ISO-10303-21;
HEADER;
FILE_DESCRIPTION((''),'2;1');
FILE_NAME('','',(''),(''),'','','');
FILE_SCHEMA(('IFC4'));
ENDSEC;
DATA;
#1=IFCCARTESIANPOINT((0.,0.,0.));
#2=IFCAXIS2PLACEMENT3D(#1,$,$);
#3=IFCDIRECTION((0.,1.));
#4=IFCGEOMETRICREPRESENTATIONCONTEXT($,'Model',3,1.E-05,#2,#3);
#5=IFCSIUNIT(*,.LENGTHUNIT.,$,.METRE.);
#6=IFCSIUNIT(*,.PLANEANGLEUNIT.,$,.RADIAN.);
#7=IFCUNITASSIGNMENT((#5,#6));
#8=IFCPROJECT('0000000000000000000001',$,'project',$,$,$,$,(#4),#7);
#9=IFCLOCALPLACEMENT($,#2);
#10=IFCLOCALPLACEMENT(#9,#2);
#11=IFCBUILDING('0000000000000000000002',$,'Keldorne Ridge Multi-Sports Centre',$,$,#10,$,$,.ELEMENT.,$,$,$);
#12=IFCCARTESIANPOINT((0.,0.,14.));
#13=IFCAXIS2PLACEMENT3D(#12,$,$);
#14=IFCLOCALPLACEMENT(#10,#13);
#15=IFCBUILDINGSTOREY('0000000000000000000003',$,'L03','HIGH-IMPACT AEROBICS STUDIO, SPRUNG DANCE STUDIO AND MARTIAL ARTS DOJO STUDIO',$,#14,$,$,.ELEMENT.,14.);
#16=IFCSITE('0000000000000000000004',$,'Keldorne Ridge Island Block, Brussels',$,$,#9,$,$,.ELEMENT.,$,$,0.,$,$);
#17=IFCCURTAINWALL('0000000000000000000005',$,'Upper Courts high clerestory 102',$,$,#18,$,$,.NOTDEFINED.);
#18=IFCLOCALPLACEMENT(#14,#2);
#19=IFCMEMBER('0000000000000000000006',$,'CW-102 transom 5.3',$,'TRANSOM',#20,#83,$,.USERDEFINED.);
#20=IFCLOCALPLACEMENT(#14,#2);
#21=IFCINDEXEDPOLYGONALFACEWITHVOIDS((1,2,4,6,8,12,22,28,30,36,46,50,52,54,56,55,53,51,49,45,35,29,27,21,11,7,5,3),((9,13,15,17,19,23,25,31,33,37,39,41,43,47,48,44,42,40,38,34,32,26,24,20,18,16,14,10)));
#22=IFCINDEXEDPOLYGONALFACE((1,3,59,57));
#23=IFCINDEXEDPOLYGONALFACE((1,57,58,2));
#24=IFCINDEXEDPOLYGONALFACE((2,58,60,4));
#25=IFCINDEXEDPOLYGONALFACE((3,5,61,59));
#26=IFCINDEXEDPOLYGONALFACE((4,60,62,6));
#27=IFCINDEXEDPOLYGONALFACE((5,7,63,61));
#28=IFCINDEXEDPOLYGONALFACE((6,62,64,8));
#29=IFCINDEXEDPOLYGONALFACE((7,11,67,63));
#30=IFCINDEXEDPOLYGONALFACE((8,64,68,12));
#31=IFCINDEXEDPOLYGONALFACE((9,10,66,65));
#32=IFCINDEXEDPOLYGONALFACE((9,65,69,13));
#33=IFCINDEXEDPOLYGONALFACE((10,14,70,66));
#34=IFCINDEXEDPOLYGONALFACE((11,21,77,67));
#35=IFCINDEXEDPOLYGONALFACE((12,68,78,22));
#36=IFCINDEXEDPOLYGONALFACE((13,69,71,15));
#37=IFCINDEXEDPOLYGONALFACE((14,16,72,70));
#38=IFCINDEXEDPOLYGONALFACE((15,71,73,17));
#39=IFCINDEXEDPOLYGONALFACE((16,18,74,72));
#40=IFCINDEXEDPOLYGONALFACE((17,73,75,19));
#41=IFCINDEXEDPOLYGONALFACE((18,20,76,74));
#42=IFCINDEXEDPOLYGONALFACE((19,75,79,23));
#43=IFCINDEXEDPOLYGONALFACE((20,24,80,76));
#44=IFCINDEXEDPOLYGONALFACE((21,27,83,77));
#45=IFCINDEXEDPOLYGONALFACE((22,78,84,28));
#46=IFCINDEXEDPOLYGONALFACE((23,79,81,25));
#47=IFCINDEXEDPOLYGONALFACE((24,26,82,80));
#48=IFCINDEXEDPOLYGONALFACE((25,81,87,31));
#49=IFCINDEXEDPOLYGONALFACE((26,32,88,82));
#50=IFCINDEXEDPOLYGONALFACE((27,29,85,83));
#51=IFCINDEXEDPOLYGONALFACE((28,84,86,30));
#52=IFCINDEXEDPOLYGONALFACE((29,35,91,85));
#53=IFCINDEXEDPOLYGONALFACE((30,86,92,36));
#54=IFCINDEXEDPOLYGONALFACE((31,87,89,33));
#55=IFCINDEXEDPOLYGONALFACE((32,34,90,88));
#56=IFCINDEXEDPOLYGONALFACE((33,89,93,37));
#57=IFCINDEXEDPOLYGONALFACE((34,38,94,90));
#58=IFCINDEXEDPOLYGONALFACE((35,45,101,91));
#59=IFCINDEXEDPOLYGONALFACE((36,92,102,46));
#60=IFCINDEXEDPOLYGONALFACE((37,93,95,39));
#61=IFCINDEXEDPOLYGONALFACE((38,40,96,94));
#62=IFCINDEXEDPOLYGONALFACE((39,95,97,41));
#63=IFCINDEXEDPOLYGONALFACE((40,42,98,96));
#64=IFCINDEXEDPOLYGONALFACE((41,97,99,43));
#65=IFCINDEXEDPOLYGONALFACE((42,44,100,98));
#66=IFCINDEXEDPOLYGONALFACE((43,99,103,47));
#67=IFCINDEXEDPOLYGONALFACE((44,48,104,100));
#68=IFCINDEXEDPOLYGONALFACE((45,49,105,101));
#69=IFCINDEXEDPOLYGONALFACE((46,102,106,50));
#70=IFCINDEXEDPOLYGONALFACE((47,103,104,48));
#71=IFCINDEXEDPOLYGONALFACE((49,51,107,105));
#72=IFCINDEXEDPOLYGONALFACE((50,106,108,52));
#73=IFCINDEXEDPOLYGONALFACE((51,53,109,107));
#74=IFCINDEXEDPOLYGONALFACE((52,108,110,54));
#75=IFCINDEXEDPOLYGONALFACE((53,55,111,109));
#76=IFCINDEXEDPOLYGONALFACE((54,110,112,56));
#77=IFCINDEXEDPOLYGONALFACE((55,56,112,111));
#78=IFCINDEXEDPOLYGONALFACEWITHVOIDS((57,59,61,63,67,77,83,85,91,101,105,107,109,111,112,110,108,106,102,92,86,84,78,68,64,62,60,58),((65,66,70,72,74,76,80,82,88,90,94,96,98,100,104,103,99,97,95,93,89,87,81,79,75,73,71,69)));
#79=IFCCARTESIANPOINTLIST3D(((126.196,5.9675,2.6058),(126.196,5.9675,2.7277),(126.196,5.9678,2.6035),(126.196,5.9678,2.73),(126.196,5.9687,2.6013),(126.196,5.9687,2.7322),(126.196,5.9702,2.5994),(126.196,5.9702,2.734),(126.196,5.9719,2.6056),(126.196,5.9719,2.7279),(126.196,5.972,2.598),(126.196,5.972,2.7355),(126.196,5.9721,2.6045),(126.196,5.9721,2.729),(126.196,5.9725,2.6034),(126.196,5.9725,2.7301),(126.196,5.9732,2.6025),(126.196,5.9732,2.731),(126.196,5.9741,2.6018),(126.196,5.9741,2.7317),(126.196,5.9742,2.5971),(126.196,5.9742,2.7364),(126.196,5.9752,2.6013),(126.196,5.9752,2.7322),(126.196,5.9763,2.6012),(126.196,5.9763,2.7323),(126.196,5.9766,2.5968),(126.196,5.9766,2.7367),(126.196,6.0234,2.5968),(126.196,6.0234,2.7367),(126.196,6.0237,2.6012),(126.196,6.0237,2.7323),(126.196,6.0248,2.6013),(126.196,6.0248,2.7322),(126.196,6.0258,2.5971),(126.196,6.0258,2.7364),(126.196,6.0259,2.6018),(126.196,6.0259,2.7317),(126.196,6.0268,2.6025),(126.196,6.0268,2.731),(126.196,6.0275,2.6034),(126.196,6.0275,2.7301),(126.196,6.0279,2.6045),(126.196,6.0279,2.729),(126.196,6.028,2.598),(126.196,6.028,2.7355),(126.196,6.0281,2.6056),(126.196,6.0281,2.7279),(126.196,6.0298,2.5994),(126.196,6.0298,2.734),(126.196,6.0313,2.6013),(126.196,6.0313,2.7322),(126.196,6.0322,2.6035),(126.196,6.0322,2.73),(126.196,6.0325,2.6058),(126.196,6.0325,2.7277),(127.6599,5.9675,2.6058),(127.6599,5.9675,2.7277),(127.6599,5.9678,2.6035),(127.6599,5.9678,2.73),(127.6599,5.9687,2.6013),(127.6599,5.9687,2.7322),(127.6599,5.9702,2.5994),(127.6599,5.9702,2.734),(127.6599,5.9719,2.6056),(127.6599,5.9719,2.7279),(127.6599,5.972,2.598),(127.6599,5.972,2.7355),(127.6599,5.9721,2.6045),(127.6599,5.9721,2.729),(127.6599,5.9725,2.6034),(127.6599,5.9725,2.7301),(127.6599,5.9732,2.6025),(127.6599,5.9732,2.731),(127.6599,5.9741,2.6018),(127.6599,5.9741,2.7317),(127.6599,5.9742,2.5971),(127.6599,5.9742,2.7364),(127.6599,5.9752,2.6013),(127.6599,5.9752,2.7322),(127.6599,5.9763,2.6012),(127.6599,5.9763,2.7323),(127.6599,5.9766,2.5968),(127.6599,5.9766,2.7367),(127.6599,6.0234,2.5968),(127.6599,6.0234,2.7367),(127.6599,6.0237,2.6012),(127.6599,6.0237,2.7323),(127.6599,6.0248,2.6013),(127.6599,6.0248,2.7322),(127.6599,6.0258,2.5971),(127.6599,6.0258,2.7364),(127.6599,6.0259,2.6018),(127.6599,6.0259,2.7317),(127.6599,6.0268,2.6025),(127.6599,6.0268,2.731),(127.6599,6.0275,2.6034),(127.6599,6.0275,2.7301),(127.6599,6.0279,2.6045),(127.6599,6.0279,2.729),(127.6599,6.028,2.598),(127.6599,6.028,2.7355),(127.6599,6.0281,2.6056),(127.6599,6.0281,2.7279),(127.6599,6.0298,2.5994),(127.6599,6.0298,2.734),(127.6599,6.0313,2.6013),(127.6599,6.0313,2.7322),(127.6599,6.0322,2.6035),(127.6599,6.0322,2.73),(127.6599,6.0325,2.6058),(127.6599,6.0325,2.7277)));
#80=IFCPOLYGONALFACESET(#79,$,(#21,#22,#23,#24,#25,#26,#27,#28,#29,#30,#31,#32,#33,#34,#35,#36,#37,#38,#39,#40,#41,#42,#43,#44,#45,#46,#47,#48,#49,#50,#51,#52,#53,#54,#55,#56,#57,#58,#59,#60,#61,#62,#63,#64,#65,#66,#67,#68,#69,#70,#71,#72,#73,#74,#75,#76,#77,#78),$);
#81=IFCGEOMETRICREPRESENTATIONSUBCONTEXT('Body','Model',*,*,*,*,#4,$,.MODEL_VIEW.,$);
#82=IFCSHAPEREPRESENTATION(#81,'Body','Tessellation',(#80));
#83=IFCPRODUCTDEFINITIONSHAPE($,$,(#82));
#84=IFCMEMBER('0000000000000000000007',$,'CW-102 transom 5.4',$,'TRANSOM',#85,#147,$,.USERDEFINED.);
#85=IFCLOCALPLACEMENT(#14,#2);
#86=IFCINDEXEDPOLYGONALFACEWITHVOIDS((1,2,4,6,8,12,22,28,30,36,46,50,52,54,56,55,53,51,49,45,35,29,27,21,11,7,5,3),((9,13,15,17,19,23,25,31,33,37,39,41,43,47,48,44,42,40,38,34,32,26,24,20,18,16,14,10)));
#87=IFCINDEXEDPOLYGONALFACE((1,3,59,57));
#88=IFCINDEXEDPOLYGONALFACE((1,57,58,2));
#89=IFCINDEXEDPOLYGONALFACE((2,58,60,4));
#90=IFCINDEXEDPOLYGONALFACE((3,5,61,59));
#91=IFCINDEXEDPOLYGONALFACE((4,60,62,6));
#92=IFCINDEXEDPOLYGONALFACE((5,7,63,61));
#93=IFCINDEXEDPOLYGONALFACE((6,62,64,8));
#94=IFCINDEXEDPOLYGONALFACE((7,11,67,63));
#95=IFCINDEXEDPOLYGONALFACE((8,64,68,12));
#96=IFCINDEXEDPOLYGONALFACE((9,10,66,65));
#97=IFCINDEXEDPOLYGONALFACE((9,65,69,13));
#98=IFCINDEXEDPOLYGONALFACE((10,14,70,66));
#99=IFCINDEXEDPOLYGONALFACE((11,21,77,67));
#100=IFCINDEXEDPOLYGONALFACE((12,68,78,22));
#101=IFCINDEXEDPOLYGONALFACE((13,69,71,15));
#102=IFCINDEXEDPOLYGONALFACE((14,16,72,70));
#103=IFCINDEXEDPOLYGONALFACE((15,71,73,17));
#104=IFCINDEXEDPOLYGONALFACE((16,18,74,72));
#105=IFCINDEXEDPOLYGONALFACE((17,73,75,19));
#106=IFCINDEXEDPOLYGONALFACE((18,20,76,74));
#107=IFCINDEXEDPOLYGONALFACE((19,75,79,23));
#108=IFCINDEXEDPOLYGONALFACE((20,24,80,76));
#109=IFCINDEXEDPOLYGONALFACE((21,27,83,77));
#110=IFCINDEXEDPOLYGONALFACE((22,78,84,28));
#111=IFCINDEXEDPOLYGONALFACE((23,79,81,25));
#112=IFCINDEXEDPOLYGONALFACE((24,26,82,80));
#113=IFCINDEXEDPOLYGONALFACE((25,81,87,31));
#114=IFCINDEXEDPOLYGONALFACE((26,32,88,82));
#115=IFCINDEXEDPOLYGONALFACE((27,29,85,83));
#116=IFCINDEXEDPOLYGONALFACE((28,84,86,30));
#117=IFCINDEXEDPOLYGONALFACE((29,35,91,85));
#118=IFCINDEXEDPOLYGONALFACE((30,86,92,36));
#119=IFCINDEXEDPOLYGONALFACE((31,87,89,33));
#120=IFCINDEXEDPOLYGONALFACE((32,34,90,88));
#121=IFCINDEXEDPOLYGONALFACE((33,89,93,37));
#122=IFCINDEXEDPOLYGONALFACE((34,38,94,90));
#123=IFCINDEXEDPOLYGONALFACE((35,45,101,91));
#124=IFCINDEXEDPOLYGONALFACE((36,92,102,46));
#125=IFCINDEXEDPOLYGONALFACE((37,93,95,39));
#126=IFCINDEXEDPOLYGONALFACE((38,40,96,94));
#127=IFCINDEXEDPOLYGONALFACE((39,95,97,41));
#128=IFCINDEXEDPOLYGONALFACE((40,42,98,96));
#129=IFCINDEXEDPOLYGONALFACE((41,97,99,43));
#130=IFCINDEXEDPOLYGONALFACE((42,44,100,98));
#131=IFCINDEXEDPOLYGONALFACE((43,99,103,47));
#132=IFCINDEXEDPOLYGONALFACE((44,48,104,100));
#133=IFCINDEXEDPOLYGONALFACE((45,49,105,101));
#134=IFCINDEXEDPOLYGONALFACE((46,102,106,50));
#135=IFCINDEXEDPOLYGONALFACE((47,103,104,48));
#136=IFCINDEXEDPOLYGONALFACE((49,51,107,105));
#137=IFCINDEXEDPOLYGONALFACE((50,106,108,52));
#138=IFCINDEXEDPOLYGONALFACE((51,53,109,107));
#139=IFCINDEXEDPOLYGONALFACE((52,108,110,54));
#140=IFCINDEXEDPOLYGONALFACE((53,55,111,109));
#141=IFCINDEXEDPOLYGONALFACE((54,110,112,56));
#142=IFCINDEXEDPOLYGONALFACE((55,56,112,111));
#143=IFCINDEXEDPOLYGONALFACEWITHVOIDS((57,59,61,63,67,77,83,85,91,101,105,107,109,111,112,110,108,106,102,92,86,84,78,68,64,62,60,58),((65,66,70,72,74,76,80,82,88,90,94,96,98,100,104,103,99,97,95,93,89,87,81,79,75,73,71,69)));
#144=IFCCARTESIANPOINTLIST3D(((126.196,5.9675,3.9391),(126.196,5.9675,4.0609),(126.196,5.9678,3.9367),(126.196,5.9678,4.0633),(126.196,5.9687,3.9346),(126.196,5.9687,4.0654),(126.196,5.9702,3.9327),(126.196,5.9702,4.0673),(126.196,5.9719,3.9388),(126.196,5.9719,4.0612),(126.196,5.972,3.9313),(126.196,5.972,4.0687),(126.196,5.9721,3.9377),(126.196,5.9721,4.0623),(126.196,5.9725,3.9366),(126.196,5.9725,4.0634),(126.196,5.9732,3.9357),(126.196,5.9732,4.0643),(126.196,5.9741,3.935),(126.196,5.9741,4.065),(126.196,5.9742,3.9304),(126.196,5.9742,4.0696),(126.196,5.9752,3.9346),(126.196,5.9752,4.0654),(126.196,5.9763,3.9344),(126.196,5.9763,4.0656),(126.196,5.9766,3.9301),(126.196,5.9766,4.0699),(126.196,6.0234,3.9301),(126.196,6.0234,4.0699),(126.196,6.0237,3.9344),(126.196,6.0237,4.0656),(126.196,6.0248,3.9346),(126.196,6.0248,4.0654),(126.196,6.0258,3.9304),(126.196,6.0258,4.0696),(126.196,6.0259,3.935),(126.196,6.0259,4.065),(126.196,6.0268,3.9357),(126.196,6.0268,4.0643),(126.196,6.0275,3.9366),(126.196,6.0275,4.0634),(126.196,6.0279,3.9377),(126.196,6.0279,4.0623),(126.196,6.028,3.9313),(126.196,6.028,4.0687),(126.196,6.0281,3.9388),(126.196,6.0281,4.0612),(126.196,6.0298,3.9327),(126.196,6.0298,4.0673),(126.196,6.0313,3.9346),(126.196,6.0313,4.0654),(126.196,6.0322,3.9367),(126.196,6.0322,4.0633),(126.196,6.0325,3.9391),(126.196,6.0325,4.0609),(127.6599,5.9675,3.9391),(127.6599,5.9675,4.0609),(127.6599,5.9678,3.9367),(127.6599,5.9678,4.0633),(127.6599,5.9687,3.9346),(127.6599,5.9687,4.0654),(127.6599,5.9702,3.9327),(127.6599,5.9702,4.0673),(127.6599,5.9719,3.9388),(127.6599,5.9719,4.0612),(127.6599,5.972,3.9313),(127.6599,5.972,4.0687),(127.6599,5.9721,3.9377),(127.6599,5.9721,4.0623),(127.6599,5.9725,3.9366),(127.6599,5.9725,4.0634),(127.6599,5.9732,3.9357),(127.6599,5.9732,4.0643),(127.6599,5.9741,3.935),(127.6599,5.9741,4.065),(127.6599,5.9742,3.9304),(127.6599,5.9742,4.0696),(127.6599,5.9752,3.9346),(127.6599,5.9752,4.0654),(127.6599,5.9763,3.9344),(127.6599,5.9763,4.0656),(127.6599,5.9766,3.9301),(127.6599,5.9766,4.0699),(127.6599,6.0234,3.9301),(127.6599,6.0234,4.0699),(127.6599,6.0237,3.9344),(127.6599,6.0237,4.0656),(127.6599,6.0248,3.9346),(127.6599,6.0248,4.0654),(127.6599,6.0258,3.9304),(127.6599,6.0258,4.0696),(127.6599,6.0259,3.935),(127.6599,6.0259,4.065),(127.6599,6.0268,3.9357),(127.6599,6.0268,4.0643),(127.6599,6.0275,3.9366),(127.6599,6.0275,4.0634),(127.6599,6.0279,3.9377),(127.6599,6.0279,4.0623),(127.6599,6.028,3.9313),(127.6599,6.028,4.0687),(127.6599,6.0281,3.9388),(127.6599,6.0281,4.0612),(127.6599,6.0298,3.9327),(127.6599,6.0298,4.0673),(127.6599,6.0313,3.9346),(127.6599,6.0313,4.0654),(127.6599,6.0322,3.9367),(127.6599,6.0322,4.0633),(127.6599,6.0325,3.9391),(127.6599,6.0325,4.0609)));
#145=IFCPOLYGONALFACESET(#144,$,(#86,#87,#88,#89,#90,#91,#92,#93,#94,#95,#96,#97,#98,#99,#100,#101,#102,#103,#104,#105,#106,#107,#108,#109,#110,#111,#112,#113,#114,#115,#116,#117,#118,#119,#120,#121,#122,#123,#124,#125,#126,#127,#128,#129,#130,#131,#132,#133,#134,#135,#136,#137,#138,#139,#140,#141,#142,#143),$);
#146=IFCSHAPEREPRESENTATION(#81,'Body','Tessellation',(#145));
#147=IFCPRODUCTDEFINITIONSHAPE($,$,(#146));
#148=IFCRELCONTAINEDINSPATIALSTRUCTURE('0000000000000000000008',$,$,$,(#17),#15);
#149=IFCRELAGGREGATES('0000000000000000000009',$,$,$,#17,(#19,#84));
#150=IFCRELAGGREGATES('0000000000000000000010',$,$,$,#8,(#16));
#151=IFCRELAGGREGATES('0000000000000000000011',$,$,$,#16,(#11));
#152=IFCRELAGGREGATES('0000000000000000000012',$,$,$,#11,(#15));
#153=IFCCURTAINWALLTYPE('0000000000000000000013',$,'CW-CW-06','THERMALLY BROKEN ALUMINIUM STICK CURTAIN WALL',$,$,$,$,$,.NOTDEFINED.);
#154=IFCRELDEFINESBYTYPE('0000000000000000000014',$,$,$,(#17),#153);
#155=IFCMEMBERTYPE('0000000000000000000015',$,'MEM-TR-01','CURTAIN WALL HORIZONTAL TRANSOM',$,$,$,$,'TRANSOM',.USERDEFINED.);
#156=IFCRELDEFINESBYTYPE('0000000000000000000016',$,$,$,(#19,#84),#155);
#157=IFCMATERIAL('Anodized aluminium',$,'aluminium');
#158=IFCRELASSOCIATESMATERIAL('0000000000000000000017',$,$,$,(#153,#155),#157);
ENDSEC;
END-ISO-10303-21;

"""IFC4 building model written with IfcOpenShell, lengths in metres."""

from ifc_helpers import new_model, si_unit, direction, frame, origin, origin_2d, place, context, subcontext, project, spatial, hollow_rectangle, extrude, material, material_profile, profile_set, type_object, element, aggregate, save


model = new_model("IFC4")

# Units and contexts
model_context = context("Model", 3, precision=1e-05, world=origin(), true_north=direction((0.0, 1.0)))
body_context = subcontext(model_context, "Body", "Model", "MODEL_VIEW")
ifc_project = project(units=[si_unit("LENGTHUNIT", "METRE"), si_unit("PLANEANGLEUNIT", "RADIAN")], contexts=[model_context])

# Site, building, storey
site_placement = place(None, origin())
site = spatial("IfcSite", under=ifc_project, at=site_placement, Name="Keldorne Ridge Island Block, Brussels", CompositionType="ELEMENT", RefElevation=0.0)
building_placement = place(site_placement, origin())
building = spatial("IfcBuilding", under=site, at=building_placement, Name="Keldorne Ridge Multi-Sports Centre", CompositionType="ELEMENT")
storey_placement = place(building_placement, frame((0.0, 0.0, 14.0)))
storey = spatial("IfcBuildingStorey", under=building, at=storey_placement, Name="L03", Description="HIGH-IMPACT AEROBICS STUDIO, SPRUNG DANCE STUDIO AND MARTIAL ARTS DOJO STUDIO", CompositionType="ELEMENT", Elevation=14.0)

# Curtain wall
ifc_material_1 = material(Name="Anodized aluminium", Category="aluminium")
curtain_wall_type_1 = type_object("IfcCurtainWallType", Name="CW-CW-06", Description="THERMALLY BROKEN ALUMINIUM STICK CURTAIN WALL", PredefinedType="NOTDEFINED", material=ifc_material_1)
curtain_wall_1_placement = place(storey_placement, origin())
curtain_wall_1 = element("IfcCurtainWall", 1, at=curtain_wall_1_placement, inside=storey, type_object=curtain_wall_type_1, Name="Upper Courts high clerestory 102", PredefinedType="NOTDEFINED")

# Members
ifc_material_profile_1 = material_profile(ifc_material_1, hollow_rectangle(XDim=0.0649, YDim=0.1399, WallThickness=0.0044, InnerFilletRadius=0.0044, OuterFilletRadius=0.009, at=origin_2d()), Name="ALU TRANSOM 140x65x4.5")
ifc_profile_set_1 = profile_set([ifc_material_profile_1], Name="Anodized aluminium")
member_type_1 = type_object("IfcMemberType", Name="MEM-TR-01", Description="CURTAIN WALL HORIZONTAL TRANSOM", ElementType="TRANSOM", PredefinedType="USERDEFINED", material=ifc_profile_set_1)
member_1_placement = place(storey_placement, frame((126.196, 6.0, 2.6667), z_axis=(1.0, 0.0, 0.0), x_axis=(0.0, 1.0, 0.0)))
member_1 = element("IfcMember", 2, at=member_1_placement, type_object=member_type_1, Name="CW-102 transom 5.3", ObjectType="TRANSOM", PredefinedType="USERDEFINED", context=body_context, shape_type="SweptSolid", body=[
    extrude(hollow_rectangle(XDim=0.0649, YDim=0.1399, WallThickness=0.0044, InnerFilletRadius=0.0044, OuterFilletRadius=0.009, at=origin_2d()), origin(), (0.0, 0.0, 1.0), 1.4639),
])
member_2_placement = place(storey_placement, frame((126.196, 6.0, 4.0), z_axis=(1.0, 0.0, 0.0), x_axis=(0.0, 1.0, 0.0)))
member_2 = element("IfcMember", 3, at=member_2_placement, type_object=member_type_1, Name="CW-102 transom 5.4", ObjectType="TRANSOM", PredefinedType="USERDEFINED", context=body_context, shape_type="SweptSolid", body=[
    extrude(hollow_rectangle(XDim=0.0649, YDim=0.1399, WallThickness=0.0044, InnerFilletRadius=0.0044, OuterFilletRadius=0.009, at=origin_2d()), origin(), (0.0, 0.0, 1.0), 1.4639),
])

aggregate(curtain_wall_1, [member_1, member_2])

save(model, "model.ifc")
